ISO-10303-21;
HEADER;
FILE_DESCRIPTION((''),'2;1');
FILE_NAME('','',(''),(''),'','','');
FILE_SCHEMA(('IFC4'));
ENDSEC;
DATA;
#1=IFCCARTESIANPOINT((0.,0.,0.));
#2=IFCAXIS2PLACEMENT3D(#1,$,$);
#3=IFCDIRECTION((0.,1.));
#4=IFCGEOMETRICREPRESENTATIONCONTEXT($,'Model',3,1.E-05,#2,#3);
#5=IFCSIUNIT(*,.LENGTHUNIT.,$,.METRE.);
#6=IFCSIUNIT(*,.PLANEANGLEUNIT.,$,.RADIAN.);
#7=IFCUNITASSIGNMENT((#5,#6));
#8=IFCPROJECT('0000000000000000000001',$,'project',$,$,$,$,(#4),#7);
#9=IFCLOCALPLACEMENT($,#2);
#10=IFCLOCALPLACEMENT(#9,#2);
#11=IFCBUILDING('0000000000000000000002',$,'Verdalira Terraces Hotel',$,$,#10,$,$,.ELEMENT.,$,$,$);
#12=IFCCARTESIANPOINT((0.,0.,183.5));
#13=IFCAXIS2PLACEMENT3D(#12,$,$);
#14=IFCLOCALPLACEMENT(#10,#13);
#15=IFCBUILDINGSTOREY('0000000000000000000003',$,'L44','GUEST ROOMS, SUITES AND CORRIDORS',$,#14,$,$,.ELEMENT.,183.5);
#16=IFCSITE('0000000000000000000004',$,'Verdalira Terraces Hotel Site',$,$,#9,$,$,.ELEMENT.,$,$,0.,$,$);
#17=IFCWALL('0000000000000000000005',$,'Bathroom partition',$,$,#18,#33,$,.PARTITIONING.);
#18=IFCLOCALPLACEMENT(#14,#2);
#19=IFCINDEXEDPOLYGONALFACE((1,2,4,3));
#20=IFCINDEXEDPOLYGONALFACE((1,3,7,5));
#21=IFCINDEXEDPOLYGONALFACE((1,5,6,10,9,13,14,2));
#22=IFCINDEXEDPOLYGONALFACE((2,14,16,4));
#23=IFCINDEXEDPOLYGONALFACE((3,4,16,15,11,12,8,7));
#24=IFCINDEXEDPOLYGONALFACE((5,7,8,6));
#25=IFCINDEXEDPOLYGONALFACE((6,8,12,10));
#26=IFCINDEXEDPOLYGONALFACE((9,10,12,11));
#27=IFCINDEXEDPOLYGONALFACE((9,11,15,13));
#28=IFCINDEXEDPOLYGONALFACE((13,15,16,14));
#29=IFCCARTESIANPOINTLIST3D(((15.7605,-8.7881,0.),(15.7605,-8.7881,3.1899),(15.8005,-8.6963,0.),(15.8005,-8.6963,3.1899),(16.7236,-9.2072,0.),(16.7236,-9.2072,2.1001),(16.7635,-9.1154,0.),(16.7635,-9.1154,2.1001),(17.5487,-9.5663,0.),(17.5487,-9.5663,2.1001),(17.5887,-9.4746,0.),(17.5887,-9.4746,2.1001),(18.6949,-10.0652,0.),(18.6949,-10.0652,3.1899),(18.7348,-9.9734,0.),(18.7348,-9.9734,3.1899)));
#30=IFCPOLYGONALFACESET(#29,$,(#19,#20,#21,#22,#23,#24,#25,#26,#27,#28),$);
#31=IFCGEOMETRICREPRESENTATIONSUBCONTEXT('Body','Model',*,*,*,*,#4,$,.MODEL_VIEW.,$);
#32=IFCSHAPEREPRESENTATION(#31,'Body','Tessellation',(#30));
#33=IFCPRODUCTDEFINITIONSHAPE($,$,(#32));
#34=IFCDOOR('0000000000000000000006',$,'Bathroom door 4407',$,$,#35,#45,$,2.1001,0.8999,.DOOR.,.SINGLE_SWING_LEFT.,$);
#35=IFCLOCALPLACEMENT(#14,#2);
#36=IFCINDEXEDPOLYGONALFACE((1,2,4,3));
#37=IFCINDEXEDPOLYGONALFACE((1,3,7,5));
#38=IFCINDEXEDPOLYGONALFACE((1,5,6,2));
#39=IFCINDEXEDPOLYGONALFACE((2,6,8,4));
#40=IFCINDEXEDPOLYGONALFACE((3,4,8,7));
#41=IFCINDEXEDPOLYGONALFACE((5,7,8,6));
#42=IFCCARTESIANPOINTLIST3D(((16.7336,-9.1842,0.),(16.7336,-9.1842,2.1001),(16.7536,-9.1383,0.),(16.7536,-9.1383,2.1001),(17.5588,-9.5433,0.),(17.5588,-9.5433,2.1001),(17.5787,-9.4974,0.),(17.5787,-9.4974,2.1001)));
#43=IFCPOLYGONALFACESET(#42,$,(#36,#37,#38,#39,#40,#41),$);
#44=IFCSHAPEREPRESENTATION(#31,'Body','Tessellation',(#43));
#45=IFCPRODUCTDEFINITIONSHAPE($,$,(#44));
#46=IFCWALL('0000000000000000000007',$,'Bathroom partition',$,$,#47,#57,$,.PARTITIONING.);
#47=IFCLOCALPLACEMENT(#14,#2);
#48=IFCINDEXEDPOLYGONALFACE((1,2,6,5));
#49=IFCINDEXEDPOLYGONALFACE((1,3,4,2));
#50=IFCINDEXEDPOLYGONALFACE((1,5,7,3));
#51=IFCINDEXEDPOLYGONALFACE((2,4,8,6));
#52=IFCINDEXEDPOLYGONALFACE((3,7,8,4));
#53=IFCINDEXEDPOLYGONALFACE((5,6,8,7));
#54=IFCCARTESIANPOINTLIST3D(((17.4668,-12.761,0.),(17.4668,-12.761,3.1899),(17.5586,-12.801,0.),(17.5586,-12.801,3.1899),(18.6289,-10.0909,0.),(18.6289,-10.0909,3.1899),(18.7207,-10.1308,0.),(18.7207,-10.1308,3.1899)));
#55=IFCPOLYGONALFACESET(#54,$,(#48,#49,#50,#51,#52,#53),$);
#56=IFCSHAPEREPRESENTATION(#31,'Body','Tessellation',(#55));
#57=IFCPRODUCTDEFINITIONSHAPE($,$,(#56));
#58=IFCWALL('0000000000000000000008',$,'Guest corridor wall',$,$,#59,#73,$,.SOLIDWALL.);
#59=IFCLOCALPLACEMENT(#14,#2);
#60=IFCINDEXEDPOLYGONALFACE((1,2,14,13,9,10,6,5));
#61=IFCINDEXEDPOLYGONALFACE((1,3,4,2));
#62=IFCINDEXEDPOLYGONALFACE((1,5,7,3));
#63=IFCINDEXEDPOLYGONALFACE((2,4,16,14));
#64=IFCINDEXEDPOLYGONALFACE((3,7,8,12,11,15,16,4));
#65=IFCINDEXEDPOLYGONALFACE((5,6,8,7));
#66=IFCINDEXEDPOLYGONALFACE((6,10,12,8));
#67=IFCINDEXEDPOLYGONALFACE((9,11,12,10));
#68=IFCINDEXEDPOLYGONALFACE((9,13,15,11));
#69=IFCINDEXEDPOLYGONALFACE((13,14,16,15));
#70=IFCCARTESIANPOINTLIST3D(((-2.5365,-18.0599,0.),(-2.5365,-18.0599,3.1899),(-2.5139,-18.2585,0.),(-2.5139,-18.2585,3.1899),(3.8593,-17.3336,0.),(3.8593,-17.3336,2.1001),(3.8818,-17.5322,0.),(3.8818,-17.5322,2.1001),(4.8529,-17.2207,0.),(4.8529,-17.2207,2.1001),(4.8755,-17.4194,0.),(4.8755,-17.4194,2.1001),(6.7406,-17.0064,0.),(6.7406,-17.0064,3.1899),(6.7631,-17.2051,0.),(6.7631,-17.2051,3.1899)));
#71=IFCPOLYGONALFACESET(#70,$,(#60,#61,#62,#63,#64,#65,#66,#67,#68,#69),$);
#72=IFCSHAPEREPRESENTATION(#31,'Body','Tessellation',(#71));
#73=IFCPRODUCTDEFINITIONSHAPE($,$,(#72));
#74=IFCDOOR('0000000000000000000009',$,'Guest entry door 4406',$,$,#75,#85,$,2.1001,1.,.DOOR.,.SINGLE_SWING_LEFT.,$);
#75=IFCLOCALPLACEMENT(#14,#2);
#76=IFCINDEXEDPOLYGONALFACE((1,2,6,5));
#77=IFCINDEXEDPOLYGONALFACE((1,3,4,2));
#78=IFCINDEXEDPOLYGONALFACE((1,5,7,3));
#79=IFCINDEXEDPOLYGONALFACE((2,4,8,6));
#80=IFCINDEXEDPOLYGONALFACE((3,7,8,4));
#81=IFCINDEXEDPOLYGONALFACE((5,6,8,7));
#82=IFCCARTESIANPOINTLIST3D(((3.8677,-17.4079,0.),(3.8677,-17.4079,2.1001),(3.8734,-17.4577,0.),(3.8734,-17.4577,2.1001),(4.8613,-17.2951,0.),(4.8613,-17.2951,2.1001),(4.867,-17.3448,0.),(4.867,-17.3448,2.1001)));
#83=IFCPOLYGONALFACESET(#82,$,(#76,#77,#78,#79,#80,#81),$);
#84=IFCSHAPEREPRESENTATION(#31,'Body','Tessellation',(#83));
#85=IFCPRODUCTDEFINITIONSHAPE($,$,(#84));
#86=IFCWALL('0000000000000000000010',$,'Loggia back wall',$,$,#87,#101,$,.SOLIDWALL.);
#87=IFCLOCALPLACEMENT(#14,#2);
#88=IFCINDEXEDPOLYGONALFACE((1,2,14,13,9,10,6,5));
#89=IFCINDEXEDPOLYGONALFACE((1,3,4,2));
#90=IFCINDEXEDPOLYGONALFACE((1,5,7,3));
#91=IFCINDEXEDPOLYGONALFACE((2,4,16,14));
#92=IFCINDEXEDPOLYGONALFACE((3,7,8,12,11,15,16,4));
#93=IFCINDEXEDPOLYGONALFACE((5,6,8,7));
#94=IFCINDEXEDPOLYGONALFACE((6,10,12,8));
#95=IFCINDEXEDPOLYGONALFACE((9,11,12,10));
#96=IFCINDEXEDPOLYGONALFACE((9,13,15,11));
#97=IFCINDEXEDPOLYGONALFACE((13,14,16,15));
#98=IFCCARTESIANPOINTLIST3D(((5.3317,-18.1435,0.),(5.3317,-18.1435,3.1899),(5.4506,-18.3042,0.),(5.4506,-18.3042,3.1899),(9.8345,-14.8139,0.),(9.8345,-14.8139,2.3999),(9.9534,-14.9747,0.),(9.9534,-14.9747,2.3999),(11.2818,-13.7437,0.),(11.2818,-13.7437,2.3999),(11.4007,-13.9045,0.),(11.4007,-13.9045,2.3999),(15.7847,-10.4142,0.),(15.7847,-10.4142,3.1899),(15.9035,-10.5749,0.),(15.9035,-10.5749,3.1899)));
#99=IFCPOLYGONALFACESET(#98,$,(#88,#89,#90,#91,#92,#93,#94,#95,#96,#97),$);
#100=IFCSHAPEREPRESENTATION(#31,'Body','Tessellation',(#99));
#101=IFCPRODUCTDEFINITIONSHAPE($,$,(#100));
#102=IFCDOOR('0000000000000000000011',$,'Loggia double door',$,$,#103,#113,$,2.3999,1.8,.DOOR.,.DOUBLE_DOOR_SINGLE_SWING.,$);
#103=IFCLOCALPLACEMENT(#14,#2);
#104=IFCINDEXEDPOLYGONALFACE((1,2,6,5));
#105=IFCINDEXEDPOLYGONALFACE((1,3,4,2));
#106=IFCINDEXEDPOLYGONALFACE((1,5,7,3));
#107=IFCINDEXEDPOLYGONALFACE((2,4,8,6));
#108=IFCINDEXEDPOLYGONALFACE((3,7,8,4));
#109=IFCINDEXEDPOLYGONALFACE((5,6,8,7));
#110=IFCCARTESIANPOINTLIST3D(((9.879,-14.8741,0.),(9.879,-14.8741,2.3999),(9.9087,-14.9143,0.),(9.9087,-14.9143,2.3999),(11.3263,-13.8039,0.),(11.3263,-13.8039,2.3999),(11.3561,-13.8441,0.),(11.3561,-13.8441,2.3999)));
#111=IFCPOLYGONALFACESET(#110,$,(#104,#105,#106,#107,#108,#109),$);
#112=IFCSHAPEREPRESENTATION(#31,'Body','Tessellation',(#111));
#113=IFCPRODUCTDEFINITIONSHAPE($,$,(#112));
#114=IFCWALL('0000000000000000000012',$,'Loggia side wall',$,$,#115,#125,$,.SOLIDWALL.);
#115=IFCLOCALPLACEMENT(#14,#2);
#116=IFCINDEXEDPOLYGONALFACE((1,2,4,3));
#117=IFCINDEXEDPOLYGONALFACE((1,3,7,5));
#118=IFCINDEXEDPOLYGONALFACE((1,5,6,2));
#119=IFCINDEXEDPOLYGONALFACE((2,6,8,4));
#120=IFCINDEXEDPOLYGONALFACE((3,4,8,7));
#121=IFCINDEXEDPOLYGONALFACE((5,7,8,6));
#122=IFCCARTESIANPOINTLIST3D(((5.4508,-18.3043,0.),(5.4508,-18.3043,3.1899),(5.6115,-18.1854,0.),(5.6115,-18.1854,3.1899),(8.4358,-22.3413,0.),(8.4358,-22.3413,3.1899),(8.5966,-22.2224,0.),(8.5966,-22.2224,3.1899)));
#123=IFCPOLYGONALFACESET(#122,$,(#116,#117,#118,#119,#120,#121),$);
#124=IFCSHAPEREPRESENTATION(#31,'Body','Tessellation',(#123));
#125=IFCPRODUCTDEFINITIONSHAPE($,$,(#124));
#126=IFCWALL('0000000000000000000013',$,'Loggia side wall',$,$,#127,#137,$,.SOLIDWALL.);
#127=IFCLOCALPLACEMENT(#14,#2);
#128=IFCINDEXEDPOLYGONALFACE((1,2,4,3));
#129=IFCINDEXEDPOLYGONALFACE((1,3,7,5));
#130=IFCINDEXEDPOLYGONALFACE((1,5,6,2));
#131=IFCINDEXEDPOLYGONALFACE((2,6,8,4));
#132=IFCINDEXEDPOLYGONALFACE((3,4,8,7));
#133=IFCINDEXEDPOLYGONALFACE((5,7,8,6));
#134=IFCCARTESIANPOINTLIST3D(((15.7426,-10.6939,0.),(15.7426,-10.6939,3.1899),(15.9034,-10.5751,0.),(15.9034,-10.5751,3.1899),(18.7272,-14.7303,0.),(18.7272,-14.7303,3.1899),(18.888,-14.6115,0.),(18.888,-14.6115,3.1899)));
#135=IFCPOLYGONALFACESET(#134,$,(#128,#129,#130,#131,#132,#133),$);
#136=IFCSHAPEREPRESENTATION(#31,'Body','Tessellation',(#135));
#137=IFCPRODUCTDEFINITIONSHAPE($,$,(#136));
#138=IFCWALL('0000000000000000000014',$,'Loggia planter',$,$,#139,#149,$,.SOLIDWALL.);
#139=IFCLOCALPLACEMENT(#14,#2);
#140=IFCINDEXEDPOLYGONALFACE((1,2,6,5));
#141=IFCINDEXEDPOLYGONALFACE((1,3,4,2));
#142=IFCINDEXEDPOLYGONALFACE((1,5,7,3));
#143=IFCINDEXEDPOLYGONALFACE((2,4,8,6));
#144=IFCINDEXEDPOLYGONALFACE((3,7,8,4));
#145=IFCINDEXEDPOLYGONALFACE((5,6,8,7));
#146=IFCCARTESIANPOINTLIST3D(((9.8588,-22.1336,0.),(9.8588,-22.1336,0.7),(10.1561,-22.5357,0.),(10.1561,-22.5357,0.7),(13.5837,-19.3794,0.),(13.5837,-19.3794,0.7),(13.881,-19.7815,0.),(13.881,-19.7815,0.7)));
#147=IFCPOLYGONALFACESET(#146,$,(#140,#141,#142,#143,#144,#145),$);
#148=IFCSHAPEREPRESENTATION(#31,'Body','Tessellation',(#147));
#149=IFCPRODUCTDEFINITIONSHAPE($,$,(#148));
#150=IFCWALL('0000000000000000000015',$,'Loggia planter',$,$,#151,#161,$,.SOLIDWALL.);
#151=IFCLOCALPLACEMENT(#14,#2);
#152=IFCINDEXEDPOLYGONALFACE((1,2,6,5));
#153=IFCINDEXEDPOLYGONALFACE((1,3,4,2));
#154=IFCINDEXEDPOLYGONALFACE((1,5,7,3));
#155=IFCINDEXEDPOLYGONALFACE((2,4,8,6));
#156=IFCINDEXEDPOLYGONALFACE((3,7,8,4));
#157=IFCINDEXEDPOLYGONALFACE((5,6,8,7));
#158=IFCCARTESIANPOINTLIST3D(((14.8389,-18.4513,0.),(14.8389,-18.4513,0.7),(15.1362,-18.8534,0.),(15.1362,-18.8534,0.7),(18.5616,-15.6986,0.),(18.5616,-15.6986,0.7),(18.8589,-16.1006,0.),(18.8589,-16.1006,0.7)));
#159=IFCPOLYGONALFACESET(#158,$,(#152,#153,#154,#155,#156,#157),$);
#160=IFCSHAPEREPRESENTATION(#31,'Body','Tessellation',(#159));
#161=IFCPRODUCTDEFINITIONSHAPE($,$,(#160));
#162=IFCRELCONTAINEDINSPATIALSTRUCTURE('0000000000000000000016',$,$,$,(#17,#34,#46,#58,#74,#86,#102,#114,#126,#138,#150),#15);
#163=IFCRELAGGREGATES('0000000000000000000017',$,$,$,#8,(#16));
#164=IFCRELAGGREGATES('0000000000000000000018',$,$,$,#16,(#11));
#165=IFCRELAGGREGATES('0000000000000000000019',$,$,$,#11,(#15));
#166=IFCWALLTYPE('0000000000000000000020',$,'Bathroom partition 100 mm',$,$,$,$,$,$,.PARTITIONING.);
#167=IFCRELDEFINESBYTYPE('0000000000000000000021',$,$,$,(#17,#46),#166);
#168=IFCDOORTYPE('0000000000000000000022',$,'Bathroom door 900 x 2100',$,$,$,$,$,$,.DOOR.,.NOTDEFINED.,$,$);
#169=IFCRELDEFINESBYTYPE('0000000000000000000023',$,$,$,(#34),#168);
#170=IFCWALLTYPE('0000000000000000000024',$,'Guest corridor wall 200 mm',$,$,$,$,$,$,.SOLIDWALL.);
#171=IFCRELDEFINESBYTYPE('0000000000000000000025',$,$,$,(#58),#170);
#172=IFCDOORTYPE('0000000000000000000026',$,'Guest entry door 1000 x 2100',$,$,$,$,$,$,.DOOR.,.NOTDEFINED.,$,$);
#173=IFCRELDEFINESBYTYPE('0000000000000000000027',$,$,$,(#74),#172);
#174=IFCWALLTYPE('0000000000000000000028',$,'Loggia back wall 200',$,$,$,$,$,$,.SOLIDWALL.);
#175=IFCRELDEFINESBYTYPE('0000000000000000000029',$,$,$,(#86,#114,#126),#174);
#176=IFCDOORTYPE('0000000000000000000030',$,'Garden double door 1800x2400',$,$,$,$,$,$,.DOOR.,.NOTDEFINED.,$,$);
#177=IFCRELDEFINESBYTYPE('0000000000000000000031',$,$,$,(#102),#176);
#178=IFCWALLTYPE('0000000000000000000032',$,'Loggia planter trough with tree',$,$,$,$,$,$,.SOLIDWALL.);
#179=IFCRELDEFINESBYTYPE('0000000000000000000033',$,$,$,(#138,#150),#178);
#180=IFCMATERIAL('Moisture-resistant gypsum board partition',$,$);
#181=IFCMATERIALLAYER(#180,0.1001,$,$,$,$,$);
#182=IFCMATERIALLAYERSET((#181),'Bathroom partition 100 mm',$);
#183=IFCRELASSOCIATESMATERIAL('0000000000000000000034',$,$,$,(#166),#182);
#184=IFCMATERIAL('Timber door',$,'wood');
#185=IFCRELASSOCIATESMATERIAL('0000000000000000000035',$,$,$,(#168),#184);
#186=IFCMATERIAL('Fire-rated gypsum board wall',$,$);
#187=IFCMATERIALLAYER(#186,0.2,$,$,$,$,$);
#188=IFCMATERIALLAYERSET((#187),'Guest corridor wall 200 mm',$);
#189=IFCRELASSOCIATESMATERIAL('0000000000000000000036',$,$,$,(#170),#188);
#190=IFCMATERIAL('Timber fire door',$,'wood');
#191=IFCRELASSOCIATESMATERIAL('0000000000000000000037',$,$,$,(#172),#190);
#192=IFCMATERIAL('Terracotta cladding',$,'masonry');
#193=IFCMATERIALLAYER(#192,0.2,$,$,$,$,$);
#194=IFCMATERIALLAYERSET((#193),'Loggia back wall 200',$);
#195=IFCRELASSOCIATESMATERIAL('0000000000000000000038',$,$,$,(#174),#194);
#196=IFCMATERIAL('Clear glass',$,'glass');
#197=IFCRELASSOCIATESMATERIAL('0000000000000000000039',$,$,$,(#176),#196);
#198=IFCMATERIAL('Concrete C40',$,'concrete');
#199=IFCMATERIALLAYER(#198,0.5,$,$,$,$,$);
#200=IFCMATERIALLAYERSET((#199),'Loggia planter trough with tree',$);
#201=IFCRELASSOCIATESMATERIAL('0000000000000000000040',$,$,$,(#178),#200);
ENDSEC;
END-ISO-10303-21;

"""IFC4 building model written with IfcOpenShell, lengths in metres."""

from ifc_helpers import new_model, si_unit, direction, frame, frame_2d, origin, place, context, subcontext, project, spatial, rectangle, extrude, material, layer, layer_set, type_object, element, fill, save


model = new_model("IFC4")

# Units and contexts
model_context = context("Model", 3, precision=1e-05, world=origin(), true_north=direction((0.0, 1.0)))
body_context = subcontext(model_context, "Body", "Model", "MODEL_VIEW")
ifc_project = project(units=[si_unit("LENGTHUNIT", "METRE"), si_unit("PLANEANGLEUNIT", "RADIAN")], contexts=[model_context])

# Site, building, storey
site_placement = place(None, origin())
site = spatial("IfcSite", under=ifc_project, at=site_placement, Name="Verdalira Terraces Hotel Site", CompositionType="ELEMENT", RefElevation=0.0)
building_placement = place(site_placement, origin())
building = spatial("IfcBuilding", under=site, at=building_placement, Name="Verdalira Terraces Hotel", CompositionType="ELEMENT")
storey_placement = place(building_placement, frame((0.0, 0.0, 183.5)))
storey = spatial("IfcBuildingStorey", under=building, at=storey_placement, Name="L44", Description="GUEST ROOMS, SUITES AND CORRIDORS", CompositionType="ELEMENT", Elevation=183.5)

# Wall, opening, door
ifc_material_1 = material(Name="Moisture-resistant gypsum board partition")
ifc_layer_1 = layer(ifc_material_1, 0.1001)
ifc_layer_set_1 = layer_set([ifc_layer_1], Name="Bathroom partition 100 mm")
wall_type_1 = type_object("IfcWallType", Name="Bathroom partition 100 mm", PredefinedType="PARTITIONING", material=ifc_layer_set_1)
wall_1_placement = place(storey_placement, frame((18.7148, -10.0193, 0.0), z_axis=(0.0, 0.0, 1.0), x_axis=(-0.916921, 0.399069, 0.0)))
wall_1 = element("IfcWall", 1, at=wall_1_placement, inside=storey, type_object=wall_type_1, Name="Bathroom partition", PredefinedType="PARTITIONING", context=body_context, shape_type="SweptSolid", body=[
    extrude(rectangle(XDim=3.2002, YDim=0.1001, at=frame_2d((1.6001, 0.0))), origin(), (0.0, 0.0, 1.0), 3.1899),
])
opening_1_placement = place(wall_1_placement, frame((1.25, 0.0, 0.0)))
opening_1 = element("IfcOpeningElement", 2, at=opening_1_placement, cuts=wall_1, PredefinedType="OPENING", context=body_context, shape_type="SweptSolid", body=[
    extrude(rectangle(XDim=0.8999, YDim=2.1001, at=frame_2d((0.45, 1.05))), frame((0.0, 0.0601, 0.0), z_axis=(0.0, -1.0, 0.0), x_axis=(1.0, 0.0, 0.0)), (0.0, 0.0, 1.0), 0.1201),
])
ifc_material_2 = material(Name="Timber door", Category="wood")
door_type_1 = type_object("IfcDoorType", Name="Bathroom door 900 x 2100", OperationType="NOTDEFINED", PredefinedType="DOOR", material=ifc_material_2)
door_1_placement = place(opening_1_placement, origin())
door_1 = element("IfcDoor", 3, at=door_1_placement, inside=storey, type_object=door_type_1, Name="Bathroom door 4407", OperationType="SINGLE_SWING_LEFT", OverallHeight=2.1001, OverallWidth=0.8999, PredefinedType="DOOR", context=body_context, shape_type="SweptSolid", body=[
    extrude(rectangle(XDim=0.8999, YDim=2.1001, at=frame_2d((0.45, 1.05))), frame((0.0, 0.0249, 0.0), z_axis=(0.0, -1.0, 0.0), x_axis=(1.0, 0.0, 0.0)), (0.0, 0.0, 1.0), 0.05),
])
fill(opening_1, door_1)

# Wall
wall_2_placement = place(storey_placement, frame((18.6748, -10.1108, 0.0), z_axis=(0.0, 0.0, 1.0), x_axis=(-0.399063, -0.916923, 0.0)))
element("IfcWall", 4, at=wall_2_placement, inside=storey, type_object=wall_type_1, Name="Bathroom partition", PredefinedType="PARTITIONING", context=body_context, shape_type="SweptSolid", body=[
    extrude(rectangle(XDim=2.9121, YDim=0.1001, at=frame_2d((1.4561, 0.0))), origin(), (0.0, 0.0, 1.0), 3.1899),
])

# Walls, openings, doors
ifc_material_3 = material(Name="Fire-rated gypsum board wall")
ifc_layer_2 = layer(ifc_material_3, 0.2)
ifc_layer_set_2 = layer_set([ifc_layer_2], Name="Guest corridor wall 200 mm")
wall_type_2 = type_object("IfcWallType", Name="Guest corridor wall 200 mm", PredefinedType="SOLIDWALL", material=ifc_layer_set_2)
wall_3_placement = place(storey_placement, frame((6.752, -17.1057, 0.0), z_axis=(0.0, 0.0, 1.0), x_axis=(-0.993614, -0.11283, 0.0)))
wall_3 = element("IfcWall", 5, at=wall_3_placement, inside=storey, type_object=wall_type_2, Name="Guest corridor wall", PredefinedType="SOLIDWALL", context=body_context, shape_type="SweptSolid", body=[
    extrude(rectangle(XDim=9.3367, YDim=0.2, at=frame_2d((4.6685, 0.0))), origin(), (0.0, 0.0, 1.0), 3.1899),
])
opening_2_placement = place(wall_3_placement, frame((1.8999, 0.0, 0.0)))
opening_2 = element("IfcOpeningElement", 6, at=opening_2_placement, cuts=wall_3, PredefinedType="OPENING", context=body_context, shape_type="SweptSolid", body=[
    extrude(rectangle(XDim=1.0, YDim=2.1001, at=frame_2d((0.5, 1.05))), frame((0.0, 0.1099, 0.0), z_axis=(0.0, -1.0, 0.0), x_axis=(1.0, 0.0, 0.0)), (0.0, 0.0, 1.0), 0.22),
])
ifc_material_4 = material(Name="Timber fire door", Category="wood")
door_type_2 = type_object("IfcDoorType", Name="Guest entry door 1000 x 2100", OperationType="NOTDEFINED", PredefinedType="DOOR", material=ifc_material_4)
door_2_placement = place(opening_2_placement, origin())
door_2 = element("IfcDoor", 7, at=door_2_placement, inside=storey, type_object=door_type_2, Name="Guest entry door 4406", OperationType="SINGLE_SWING_LEFT", OverallHeight=2.1001, OverallWidth=1.0, PredefinedType="DOOR", context=body_context, shape_type="SweptSolid", body=[
    extrude(rectangle(XDim=1.0, YDim=2.1001, at=frame_2d((0.5, 1.05))), frame((0.0, 0.0249, 0.0), z_axis=(0.0, -1.0, 0.0), x_axis=(1.0, 0.0, 0.0)), (0.0, 0.0, 1.0), 0.05),
])
fill(opening_2, door_2)
ifc_material_5 = material(Name="Terracotta cladding", Category="masonry")
ifc_layer_3 = layer(ifc_material_5, 0.2)
ifc_layer_set_3 = layer_set([ifc_layer_3], Name="Loggia back wall 200")
wall_type_3 = type_object("IfcWallType", Name="Loggia back wall 200", PredefinedType="SOLIDWALL", material=ifc_layer_set_3)
wall_4_placement = place(storey_placement, frame((15.844, -10.4946, 0.0), z_axis=(0.0, 0.0, 1.0), x_axis=(-0.804058, -0.594551, 0.0)))
wall_4 = element("IfcWall", 8, at=wall_4_placement, inside=storey, type_object=wall_type_3, Name="Loggia back wall", PredefinedType="SOLIDWALL", context=body_context, shape_type="SweptSolid", body=[
    extrude(rectangle(XDim=13.0002, YDim=0.2, at=frame_2d((6.5, 0.0))), origin(), (0.0, 0.0, 1.0), 3.1899),
])
opening_3_placement = place(wall_4_placement, frame((5.6001, 0.0, 0.0)))
opening_3 = element("IfcOpeningElement", 9, at=opening_3_placement, cuts=wall_4, PredefinedType="OPENING", context=body_context, shape_type="SweptSolid", body=[
    extrude(rectangle(XDim=1.8, YDim=2.3999, at=frame_2d((0.8999, 1.2))), frame((0.0, 0.1099, 0.0), z_axis=(0.0, -1.0, 0.0), x_axis=(1.0, 0.0, 0.0)), (0.0, 0.0, 1.0), 0.22),
])
ifc_material_6 = material(Name="Clear glass", Category="glass")
door_type_3 = type_object("IfcDoorType", Name="Garden double door 1800x2400", OperationType="NOTDEFINED", PredefinedType="DOOR", material=ifc_material_6)
door_3_placement = place(opening_3_placement, origin())
door_3 = element("IfcDoor", 10, at=door_3_placement, inside=storey, type_object=door_type_3, Name="Loggia double door", OperationType="DOUBLE_DOOR_SINGLE_SWING", OverallHeight=2.3999, OverallWidth=1.8, PredefinedType="DOOR", context=body_context, shape_type="SweptSolid", body=[
    extrude(rectangle(XDim=1.8, YDim=2.3999, at=frame_2d((0.8999, 1.2))), frame((0.0, 0.0249, 0.0), z_axis=(0.0, -1.0, 0.0), x_axis=(1.0, 0.0, 0.0)), (0.0, 0.0, 1.0), 0.05),
])
fill(opening_3, door_3)

# Walls
wall_5_placement = place(storey_placement, frame((8.5161, -22.2817, 0.0), z_axis=(0.0, 0.0, 1.0), x_axis=(-0.59454, 0.804066, 0.0)))
element("IfcWall", 11, at=wall_5_placement, inside=storey, type_object=wall_type_3, Name="Loggia side wall", PredefinedType="SOLIDWALL", context=body_context, shape_type="SweptSolid", body=[
    extrude(rectangle(XDim=5.0208, YDim=0.2, at=frame_2d((2.5103, 0.0))), origin(), (0.0, 0.0, 1.0), 3.1899),
])
wall_6_placement = place(storey_placement, frame((18.8076, -14.6709, 0.0), z_axis=(0.0, 0.0, 1.0), x_axis=(-0.594547, 0.804061, 0.0)))
element("IfcWall", 12, at=wall_6_placement, inside=storey, type_object=wall_type_3, Name="Loggia side wall", PredefinedType="SOLIDWALL", context=body_context, shape_type="SweptSolid", body=[
    extrude(rectangle(XDim=5.02, YDim=0.2, at=frame_2d((2.51, 0.0))), origin(), (0.0, 0.0, 1.0), 3.1899),
])
ifc_material_7 = material(Name="Concrete C40", Category="concrete")
ifc_layer_4 = layer(ifc_material_7, 0.5)
ifc_layer_set_4 = layer_set([ifc_layer_4], Name="Loggia planter trough with tree")
wall_type_4 = type_object("IfcWallType", Name="Loggia planter trough with tree", PredefinedType="SOLIDWALL", material=ifc_layer_set_4)
wall_7_placement = place(storey_placement, frame((10.0073, -22.3347, 0.0), z_axis=(0.0, 0.0, 1.0), x_axis=(0.804073, 0.59453, 0.0)))
element("IfcWall", 13, at=wall_7_placement, inside=storey, type_object=wall_type_4, Name="Loggia planter", PredefinedType="SOLIDWALL", context=body_context, shape_type="SweptSolid", body=[
    extrude(rectangle(XDim=4.6326, YDim=0.5, at=frame_2d((2.3164, 0.0))), origin(), (0.0, 0.0, 1.0), 0.7),
])
wall_8_placement = place(storey_placement, frame((14.9875, -18.6523, 0.0), z_axis=(0.0, 0.0, 1.0), x_axis=(0.804057, 0.594553, 0.0)))
element("IfcWall", 14, at=wall_8_placement, inside=storey, type_object=wall_type_4, Name="Loggia planter", PredefinedType="SOLIDWALL", context=body_context, shape_type="SweptSolid", body=[
    extrude(rectangle(XDim=4.6299, YDim=0.5, at=frame_2d((2.3149, 0.0))), origin(), (0.0, 0.0, 1.0), 0.7),
])

save(model, "model.ifc")
